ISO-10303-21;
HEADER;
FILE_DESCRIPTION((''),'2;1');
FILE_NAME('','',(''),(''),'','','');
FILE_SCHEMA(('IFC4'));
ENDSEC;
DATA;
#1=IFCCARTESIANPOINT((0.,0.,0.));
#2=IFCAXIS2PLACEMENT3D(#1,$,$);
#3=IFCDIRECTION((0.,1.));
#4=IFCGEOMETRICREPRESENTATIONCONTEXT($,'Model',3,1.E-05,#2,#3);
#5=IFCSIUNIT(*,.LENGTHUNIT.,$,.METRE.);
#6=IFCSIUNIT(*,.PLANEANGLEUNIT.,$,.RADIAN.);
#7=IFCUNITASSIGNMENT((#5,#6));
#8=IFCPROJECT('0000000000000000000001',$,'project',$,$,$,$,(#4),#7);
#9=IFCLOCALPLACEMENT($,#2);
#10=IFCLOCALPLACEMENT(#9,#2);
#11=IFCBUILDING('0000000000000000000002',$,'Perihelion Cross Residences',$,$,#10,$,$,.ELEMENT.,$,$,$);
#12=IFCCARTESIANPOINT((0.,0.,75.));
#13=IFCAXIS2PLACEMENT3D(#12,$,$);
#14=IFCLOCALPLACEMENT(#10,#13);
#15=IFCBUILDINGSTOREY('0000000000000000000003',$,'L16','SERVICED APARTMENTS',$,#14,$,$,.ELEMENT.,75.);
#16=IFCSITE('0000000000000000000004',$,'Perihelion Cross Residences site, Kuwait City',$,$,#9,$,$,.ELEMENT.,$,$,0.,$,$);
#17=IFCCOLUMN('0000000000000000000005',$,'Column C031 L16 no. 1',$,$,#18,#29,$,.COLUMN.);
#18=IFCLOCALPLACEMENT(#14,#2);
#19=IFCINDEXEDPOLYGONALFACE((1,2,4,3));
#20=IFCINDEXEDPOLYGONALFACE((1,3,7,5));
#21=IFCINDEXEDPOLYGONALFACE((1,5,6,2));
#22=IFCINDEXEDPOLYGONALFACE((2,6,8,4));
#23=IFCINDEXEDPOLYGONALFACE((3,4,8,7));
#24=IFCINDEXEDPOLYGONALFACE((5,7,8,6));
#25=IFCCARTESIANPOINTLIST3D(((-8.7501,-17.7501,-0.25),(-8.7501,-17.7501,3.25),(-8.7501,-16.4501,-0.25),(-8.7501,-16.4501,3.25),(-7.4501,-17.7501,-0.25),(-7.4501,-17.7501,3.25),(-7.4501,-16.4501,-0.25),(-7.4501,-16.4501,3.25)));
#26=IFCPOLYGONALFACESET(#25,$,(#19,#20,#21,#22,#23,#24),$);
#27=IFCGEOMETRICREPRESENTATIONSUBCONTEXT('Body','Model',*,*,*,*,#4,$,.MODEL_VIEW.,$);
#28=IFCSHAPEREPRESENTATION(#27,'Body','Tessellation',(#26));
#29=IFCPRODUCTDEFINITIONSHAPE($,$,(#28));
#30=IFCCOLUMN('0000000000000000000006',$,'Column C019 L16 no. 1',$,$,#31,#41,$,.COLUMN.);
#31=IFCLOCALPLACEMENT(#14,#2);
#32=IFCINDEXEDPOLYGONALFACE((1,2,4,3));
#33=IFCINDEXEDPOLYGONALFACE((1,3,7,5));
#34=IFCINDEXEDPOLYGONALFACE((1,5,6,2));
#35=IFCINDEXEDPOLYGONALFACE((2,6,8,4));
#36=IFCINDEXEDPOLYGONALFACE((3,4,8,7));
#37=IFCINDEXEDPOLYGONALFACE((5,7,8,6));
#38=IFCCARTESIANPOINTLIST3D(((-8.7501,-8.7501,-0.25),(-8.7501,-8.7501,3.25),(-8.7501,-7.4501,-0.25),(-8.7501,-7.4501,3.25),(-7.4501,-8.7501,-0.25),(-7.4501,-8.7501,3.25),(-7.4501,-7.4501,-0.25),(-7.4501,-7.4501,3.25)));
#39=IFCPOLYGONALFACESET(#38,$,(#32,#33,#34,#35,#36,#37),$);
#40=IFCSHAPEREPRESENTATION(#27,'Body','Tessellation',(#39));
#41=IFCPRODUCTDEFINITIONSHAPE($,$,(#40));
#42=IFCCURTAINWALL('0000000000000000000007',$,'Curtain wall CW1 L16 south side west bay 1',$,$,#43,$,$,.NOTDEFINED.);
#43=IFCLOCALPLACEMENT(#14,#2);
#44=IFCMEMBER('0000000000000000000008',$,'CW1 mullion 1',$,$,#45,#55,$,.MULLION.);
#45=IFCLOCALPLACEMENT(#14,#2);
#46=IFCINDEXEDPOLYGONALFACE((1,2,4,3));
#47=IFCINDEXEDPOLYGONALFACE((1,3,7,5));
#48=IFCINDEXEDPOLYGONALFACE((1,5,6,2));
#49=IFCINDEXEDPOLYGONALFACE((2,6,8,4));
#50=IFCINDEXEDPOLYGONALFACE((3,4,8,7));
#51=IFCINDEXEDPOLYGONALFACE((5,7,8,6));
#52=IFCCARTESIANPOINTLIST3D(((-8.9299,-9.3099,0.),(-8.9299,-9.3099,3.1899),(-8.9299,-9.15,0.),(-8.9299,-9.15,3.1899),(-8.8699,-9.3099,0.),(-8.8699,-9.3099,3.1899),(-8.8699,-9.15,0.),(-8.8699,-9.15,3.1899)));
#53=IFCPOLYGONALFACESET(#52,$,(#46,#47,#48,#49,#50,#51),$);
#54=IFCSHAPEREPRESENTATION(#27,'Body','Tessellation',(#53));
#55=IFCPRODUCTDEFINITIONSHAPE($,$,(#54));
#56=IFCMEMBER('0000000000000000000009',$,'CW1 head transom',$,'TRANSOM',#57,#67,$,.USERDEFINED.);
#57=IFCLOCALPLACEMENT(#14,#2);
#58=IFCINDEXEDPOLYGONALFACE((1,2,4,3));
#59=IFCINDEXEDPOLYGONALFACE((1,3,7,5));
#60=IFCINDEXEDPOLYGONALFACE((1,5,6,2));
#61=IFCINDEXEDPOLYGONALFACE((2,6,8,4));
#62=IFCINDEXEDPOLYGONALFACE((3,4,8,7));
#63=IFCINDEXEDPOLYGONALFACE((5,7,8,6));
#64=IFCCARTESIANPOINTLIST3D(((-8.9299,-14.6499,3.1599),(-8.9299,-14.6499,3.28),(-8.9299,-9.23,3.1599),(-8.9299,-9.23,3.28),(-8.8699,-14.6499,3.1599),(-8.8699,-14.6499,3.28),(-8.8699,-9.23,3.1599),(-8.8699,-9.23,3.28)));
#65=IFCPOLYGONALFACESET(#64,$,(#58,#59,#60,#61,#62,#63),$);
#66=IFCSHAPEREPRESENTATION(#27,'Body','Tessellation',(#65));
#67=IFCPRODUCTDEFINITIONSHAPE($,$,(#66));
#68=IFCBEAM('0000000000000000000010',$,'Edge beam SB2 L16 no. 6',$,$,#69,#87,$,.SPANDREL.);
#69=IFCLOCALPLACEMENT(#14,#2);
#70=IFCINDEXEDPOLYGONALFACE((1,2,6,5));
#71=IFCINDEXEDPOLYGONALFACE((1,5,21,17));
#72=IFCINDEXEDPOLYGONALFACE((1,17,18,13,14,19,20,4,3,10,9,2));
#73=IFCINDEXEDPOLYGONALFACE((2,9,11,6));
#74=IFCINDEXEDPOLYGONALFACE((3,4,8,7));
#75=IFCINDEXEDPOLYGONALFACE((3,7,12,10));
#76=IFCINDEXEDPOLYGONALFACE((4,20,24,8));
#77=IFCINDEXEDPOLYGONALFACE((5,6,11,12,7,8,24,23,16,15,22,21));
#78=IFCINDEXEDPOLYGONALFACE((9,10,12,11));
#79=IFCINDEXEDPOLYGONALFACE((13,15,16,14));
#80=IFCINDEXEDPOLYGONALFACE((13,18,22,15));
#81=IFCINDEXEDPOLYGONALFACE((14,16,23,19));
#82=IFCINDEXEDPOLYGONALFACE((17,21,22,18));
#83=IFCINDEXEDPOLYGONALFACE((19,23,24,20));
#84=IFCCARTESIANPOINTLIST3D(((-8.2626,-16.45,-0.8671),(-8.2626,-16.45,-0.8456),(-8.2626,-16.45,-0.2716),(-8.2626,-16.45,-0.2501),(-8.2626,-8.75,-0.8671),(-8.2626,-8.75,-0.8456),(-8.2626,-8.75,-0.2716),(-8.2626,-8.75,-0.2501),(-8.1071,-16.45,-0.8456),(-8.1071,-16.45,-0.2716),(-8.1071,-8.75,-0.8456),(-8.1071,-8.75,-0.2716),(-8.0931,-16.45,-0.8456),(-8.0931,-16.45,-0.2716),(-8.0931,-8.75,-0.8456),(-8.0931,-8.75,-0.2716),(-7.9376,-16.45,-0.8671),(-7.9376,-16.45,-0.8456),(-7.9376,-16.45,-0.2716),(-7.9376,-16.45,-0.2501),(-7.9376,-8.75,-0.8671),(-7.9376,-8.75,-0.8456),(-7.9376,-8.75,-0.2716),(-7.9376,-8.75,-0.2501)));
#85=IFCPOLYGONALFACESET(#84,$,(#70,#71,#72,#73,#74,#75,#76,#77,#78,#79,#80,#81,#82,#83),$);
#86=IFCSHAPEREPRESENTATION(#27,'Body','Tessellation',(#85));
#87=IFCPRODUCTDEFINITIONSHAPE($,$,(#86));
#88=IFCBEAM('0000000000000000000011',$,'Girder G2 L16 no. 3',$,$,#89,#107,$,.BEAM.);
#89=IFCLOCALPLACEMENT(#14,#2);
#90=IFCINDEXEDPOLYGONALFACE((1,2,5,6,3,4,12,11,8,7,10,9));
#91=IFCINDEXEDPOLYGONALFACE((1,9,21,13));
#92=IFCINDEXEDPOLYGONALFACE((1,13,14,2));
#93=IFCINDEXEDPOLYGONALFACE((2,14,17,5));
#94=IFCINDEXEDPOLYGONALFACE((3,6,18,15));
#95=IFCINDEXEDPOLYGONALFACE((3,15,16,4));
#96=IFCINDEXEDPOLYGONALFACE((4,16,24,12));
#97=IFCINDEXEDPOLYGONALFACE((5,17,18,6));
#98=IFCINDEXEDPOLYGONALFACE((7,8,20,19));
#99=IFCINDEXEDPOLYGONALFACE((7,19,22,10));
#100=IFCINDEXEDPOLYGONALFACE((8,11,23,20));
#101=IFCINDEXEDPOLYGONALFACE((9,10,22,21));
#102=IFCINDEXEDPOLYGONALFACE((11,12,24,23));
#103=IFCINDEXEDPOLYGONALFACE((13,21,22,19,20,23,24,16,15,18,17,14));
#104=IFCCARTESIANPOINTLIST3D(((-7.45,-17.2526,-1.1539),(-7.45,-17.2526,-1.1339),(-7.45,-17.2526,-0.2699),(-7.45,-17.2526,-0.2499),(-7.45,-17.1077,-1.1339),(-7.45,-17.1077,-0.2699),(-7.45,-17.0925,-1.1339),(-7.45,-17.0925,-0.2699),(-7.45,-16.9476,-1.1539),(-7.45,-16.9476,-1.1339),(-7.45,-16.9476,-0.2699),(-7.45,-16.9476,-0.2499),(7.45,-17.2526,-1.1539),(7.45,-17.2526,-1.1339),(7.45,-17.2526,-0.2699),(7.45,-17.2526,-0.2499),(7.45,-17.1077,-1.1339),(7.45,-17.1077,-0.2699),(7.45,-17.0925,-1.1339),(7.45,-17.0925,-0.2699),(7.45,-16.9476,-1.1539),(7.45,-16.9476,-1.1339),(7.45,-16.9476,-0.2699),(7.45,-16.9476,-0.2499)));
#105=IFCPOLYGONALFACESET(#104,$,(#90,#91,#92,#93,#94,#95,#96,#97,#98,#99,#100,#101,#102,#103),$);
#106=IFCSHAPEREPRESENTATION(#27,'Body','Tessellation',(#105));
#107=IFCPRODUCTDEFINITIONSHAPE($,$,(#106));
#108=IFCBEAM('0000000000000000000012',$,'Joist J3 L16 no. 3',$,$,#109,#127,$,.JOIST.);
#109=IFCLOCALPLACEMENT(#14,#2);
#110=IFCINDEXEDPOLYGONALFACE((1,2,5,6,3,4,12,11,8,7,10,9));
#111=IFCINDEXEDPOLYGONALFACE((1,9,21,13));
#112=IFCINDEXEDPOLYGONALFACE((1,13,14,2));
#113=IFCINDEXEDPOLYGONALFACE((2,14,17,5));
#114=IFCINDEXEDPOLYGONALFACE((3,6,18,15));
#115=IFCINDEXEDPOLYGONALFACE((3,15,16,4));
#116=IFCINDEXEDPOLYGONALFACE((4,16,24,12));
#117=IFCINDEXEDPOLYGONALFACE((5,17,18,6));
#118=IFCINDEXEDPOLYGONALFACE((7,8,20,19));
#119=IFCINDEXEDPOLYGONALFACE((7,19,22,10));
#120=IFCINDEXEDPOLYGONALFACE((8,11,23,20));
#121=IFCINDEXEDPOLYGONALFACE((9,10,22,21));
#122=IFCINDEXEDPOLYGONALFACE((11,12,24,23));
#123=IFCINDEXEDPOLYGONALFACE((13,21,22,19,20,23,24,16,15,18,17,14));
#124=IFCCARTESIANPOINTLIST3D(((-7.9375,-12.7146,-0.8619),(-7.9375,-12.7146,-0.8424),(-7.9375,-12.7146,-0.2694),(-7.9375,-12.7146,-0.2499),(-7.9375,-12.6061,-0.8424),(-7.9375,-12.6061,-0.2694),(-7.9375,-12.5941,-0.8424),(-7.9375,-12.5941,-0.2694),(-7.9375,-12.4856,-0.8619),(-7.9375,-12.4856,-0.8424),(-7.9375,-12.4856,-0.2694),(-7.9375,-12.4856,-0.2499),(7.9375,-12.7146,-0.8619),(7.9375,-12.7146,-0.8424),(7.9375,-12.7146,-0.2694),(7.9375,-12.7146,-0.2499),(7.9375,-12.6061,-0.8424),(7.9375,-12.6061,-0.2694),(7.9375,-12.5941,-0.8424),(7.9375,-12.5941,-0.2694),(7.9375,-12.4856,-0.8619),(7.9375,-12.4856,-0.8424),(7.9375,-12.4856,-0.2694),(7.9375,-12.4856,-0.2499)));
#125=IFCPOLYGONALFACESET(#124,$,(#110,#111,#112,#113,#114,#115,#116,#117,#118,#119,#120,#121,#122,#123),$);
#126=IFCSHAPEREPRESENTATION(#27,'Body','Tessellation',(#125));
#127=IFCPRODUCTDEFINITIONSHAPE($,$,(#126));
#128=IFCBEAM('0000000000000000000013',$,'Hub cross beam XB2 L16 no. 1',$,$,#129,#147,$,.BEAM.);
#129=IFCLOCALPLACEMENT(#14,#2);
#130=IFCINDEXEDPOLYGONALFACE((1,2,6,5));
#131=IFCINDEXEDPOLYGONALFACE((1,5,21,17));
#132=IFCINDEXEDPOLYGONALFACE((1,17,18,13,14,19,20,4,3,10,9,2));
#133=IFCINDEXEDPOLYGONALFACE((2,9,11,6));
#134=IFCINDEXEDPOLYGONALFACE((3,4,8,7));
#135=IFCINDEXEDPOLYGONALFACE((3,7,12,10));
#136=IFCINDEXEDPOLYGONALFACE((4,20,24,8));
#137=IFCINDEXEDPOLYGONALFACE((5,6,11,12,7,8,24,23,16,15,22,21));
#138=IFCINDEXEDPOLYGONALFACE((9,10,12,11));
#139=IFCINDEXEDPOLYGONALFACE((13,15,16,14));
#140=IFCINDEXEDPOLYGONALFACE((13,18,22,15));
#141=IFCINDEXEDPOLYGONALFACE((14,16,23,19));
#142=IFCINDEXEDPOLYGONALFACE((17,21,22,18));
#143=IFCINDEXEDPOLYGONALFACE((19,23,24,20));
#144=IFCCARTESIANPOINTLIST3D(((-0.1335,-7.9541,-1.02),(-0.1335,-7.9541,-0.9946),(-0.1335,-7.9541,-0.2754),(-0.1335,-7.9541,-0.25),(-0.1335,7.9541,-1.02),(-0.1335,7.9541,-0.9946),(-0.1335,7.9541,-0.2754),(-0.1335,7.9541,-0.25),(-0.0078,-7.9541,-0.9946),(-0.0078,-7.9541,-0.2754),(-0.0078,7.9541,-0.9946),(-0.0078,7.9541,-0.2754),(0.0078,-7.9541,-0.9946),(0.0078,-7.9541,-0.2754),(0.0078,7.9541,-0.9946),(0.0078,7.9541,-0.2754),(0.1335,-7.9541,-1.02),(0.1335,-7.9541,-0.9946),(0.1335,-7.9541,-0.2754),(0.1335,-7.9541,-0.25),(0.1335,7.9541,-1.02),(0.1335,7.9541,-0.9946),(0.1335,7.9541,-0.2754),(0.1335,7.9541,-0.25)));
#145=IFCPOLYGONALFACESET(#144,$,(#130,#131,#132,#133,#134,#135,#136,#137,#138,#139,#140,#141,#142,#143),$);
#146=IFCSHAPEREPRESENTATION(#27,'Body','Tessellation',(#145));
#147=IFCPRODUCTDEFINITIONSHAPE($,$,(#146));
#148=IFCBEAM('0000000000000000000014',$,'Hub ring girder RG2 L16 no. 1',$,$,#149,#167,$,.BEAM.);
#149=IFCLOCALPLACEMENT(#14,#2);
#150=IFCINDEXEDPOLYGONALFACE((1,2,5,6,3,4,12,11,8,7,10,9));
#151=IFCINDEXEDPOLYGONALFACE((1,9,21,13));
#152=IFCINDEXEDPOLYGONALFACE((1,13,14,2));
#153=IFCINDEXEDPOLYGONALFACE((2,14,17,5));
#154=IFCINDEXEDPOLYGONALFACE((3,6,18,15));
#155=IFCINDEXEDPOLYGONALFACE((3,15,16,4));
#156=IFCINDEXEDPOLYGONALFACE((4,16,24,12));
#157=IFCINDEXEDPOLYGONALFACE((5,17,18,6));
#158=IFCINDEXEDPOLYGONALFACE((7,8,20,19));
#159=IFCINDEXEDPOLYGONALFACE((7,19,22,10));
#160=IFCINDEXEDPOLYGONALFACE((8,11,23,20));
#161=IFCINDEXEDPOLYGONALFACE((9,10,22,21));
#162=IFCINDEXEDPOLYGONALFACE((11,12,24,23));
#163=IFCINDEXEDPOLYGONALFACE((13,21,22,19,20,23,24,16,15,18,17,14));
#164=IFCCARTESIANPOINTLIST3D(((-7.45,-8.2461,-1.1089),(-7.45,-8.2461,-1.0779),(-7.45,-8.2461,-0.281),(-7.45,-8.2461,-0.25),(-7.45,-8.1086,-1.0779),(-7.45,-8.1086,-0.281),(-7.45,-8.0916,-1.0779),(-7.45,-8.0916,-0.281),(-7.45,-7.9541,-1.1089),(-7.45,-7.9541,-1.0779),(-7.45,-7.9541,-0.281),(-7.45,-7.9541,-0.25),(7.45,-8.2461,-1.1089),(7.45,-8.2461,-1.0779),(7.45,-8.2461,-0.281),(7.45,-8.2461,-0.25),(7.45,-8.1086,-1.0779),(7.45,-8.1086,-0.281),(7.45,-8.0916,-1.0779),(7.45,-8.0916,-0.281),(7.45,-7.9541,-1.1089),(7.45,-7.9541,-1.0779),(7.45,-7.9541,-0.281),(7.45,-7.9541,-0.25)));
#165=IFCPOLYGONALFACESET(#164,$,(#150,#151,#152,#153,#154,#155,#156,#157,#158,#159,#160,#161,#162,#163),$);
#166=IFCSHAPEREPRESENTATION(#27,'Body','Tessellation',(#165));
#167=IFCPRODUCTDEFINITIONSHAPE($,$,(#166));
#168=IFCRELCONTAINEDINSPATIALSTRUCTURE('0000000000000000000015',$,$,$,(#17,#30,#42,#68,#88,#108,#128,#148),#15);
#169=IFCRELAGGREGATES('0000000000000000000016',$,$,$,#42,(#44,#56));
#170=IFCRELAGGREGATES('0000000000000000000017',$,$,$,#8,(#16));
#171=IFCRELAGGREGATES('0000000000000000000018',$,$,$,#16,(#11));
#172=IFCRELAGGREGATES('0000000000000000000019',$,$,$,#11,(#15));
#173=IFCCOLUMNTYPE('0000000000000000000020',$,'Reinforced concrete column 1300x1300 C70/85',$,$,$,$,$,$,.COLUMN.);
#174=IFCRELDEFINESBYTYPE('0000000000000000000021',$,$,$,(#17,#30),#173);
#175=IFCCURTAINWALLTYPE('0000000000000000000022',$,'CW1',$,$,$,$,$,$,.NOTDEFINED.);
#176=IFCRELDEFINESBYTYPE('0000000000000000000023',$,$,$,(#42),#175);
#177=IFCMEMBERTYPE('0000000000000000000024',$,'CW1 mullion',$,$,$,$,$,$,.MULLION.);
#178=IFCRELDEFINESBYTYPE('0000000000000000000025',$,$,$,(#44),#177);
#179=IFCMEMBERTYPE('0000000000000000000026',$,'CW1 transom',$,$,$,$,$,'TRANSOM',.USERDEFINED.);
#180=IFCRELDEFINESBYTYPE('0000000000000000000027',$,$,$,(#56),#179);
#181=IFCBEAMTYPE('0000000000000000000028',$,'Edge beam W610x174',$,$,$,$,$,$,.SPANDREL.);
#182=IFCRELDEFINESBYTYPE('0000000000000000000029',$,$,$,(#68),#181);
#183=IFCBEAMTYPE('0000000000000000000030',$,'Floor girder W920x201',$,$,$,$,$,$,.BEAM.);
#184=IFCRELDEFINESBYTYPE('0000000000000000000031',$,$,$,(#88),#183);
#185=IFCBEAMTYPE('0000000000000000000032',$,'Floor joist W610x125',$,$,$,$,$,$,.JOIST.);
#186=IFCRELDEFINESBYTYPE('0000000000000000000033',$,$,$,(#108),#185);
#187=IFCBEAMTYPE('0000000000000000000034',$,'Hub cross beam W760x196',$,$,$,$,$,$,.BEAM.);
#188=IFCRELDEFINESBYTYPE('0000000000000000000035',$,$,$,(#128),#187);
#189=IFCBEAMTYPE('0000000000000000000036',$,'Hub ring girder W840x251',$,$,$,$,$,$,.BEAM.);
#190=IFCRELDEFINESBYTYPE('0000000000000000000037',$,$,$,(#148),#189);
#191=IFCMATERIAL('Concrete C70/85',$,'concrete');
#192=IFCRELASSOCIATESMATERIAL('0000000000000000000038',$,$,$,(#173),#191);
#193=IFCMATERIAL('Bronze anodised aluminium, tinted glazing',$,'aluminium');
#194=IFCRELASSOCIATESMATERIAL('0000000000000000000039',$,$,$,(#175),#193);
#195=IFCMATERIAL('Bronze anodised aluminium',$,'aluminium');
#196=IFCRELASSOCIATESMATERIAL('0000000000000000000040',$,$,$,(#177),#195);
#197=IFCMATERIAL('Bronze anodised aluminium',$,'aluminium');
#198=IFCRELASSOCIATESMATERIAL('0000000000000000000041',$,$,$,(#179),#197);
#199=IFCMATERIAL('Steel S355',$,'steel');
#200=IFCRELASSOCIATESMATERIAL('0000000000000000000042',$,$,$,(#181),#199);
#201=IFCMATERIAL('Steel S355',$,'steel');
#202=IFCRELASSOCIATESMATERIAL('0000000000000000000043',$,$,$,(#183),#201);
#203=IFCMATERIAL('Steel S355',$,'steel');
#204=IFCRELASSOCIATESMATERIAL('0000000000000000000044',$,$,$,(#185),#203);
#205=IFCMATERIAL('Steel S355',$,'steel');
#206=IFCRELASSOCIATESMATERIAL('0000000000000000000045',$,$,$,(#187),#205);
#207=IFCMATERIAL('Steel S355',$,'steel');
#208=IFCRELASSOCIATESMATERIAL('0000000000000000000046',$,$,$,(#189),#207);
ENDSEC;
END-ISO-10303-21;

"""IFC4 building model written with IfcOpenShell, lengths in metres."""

from ifc_helpers import new_model, si_unit, direction, frame, origin, origin_2d, place, context, subcontext, project, spatial, rectangle, i_section, extrude, material, material_profile, profile_set, type_object, element, aggregate, save


model = new_model("IFC4")

# Units and contexts
model_context = context("Model", 3, precision=1e-05, world=origin(), true_north=direction((0.0, 1.0)))
body_context = subcontext(model_context, "Body", "Model", "MODEL_VIEW")
ifc_project = project(units=[si_unit("LENGTHUNIT", "METRE"), si_unit("PLANEANGLEUNIT", "RADIAN")], contexts=[model_context])

# Site, building, storey
site_placement = place(None, origin())
site = spatial("IfcSite", under=ifc_project, at=site_placement, Name="Perihelion Cross Residences site, Kuwait City", CompositionType="ELEMENT", RefElevation=0.0)
building_placement = place(site_placement, origin())
building = spatial("IfcBuilding", under=site, at=building_placement, Name="Perihelion Cross Residences", CompositionType="ELEMENT")
storey_placement = place(building_placement, frame((0.0, 0.0, 75.0)))
storey = spatial("IfcBuildingStorey", under=building, at=storey_placement, Name="L16", Description="SERVICED APARTMENTS", CompositionType="ELEMENT", Elevation=75.0)

# Columns
ifc_material_1 = material(Name="Concrete C70/85", Category="concrete")
ifc_material_profile_1 = material_profile(ifc_material_1, rectangle(XDim=1.3, YDim=1.3, at=origin_2d()), Name="RC 1300x1300")
ifc_profile_set_1 = profile_set([ifc_material_profile_1], Name="Concrete C70/85")
column_type = type_object("IfcColumnType", Name="Reinforced concrete column 1300x1300 C70/85", PredefinedType="COLUMN", material=ifc_profile_set_1)
for number, where, z_axis, x_axis, name in (
    (1, (-8.1001, -17.1001, -0.25), (0.0, 0.0, 1.0), (1.0, 0.0, 0.0), "Column C031 L16 no. 1"),
    (2, (-8.1001, -8.1001, -0.25), (0.0, 0.0, 1.0), (1.0, 0.0, 0.0), "Column C019 L16 no. 1"),
):
    element("IfcColumn", number, at=place(storey_placement, frame(where, z_axis=z_axis, x_axis=x_axis)), inside=storey, type_object=column_type, Name=name, PredefinedType="COLUMN", context=body_context, shape_type="SweptSolid", body=[
        extrude(rectangle(XDim=1.3, YDim=1.3, at=origin_2d()), origin(), (0.0, 0.0, 1.0), 3.5),
    ])

# Curtain wall, members
ifc_material_2 = material(Name="Bronze anodised aluminium, tinted glazing", Category="aluminium")
curtain_wall_type = type_object("IfcCurtainWallType", Name="CW1", PredefinedType="NOTDEFINED", material=ifc_material_2)
curtain_wall_placement = place(storey_placement, origin())
curtain_wall = element("IfcCurtainWall", 3, at=curtain_wall_placement, inside=storey, type_object=curtain_wall_type, Name="Curtain wall CW1 L16 south side west bay 1", PredefinedType="NOTDEFINED")
ifc_material_3 = material(Name="Bronze anodised aluminium", Category="aluminium")
ifc_material_profile_2 = material_profile(ifc_material_3, rectangle(XDim=0.0601, YDim=0.1599, at=origin_2d()), Name="CW1 mullion")
ifc_profile_set_2 = profile_set([ifc_material_profile_2], Name="Bronze anodised aluminium")
member_type_1 = type_object("IfcMemberType", Name="CW1 mullion", PredefinedType="MULLION", material=ifc_profile_set_2)
member_1_placement = place(storey_placement, frame((-8.8999, -9.23, 0.0), z_axis=(0.0, 0.0, 1.0), x_axis=(1.0, 0.0, 0.0)))
member_1 = element("IfcMember", 4, at=member_1_placement, type_object=member_type_1, Name="CW1 mullion 1", PredefinedType="MULLION", context=body_context, shape_type="SweptSolid", body=[
    extrude(rectangle(XDim=0.0601, YDim=0.1599, at=origin_2d()), origin(), (0.0, 0.0, 1.0), 3.1899),
])
ifc_material_4 = material(Name="Bronze anodised aluminium", Category="aluminium")
ifc_material_profile_3 = material_profile(ifc_material_4, rectangle(XDim=0.0601, YDim=0.1201, at=origin_2d()), Name="CW1 transom")
ifc_profile_set_3 = profile_set([ifc_material_profile_3], Name="Bronze anodised aluminium")
member_type_2 = type_object("IfcMemberType", Name="CW1 transom", ElementType="TRANSOM", PredefinedType="USERDEFINED", material=ifc_profile_set_3)
member_2_placement = place(storey_placement, frame((-8.8999, -9.23, 3.22), z_axis=(0.0, -1.0, 0.0), x_axis=(1.0, 0.0, 0.0)))
member_2 = element("IfcMember", 5, at=member_2_placement, type_object=member_type_2, Name="CW1 head transom", ObjectType="TRANSOM", PredefinedType="USERDEFINED", context=body_context, shape_type="SweptSolid", body=[
    extrude(rectangle(XDim=0.0601, YDim=0.1201, at=origin_2d()), origin(), (0.0, 0.0, 1.0), 5.4199),
])

# Beams
ifc_material_5 = material(Name="Steel S355", Category="steel")
ifc_material_profile_4 = material_profile(ifc_material_5, i_section(OverallWidth=0.325, OverallDepth=0.6169, WebThickness=0.0139, FlangeThickness=0.0215, at=origin_2d()), Name="W610x174")
ifc_profile_set_4 = profile_set([ifc_material_profile_4], Name="Steel S355")
beam_type_1 = type_object("IfcBeamType", Name="Edge beam W610x174", PredefinedType="SPANDREL", material=ifc_profile_set_4)
beam_1_placement = place(storey_placement, frame((-8.1001, -8.75, -0.5586), z_axis=(0.0, -1.0, 0.0), x_axis=(1.0, 0.0, 0.0)))
element("IfcBeam", 6, at=beam_1_placement, inside=storey, type_object=beam_type_1, Name="Edge beam SB2 L16 no. 6", PredefinedType="SPANDREL", context=body_context, shape_type="SweptSolid", body=[
    extrude(i_section(OverallWidth=0.325, OverallDepth=0.6169, WebThickness=0.0139, FlangeThickness=0.0215, at=origin_2d()), origin(), (0.0, 0.0, 1.0), 7.7),
])
ifc_material_6 = material(Name="Steel S355", Category="steel")
ifc_material_profile_5 = material_profile(ifc_material_6, i_section(OverallWidth=0.3049, OverallDepth=0.9041, WebThickness=0.0151, FlangeThickness=0.02, at=origin_2d()), Name="W920x201")
ifc_profile_set_5 = profile_set([ifc_material_profile_5], Name="Steel S355")
beam_type_2 = type_object("IfcBeamType", Name="Floor girder W920x201", PredefinedType="BEAM", material=ifc_profile_set_5)
beam_2_placement = place(storey_placement, frame((-7.45, -17.1001, -0.7019), z_axis=(1.0, 0.0, 0.0), x_axis=(0.0, 1.0, 0.0)))
element("IfcBeam", 7, at=beam_2_placement, inside=storey, type_object=beam_type_2, Name="Girder G2 L16 no. 3", PredefinedType="BEAM", context=body_context, shape_type="SweptSolid", body=[
    extrude(i_section(OverallWidth=0.3049, OverallDepth=0.9041, WebThickness=0.0151, FlangeThickness=0.02, at=origin_2d()), origin(), (0.0, 0.0, 1.0), 14.8999),
])
ifc_material_7 = material(Name="Steel S355", Category="steel")
ifc_material_profile_6 = material_profile(ifc_material_7, i_section(OverallWidth=0.229, OverallDepth=0.6121, WebThickness=0.012, FlangeThickness=0.0195, at=origin_2d()), Name="W610x125")
ifc_profile_set_6 = profile_set([ifc_material_profile_6], Name="Steel S355")
beam_type_3 = type_object("IfcBeamType", Name="Floor joist W610x125", PredefinedType="JOIST", material=ifc_profile_set_6)
beam_3_placement = place(storey_placement, frame((-7.9375, -12.6001, -0.5559), z_axis=(1.0, 0.0, 0.0), x_axis=(0.0, 1.0, 0.0)))
element("IfcBeam", 8, at=beam_3_placement, inside=storey, type_object=beam_type_3, Name="Joist J3 L16 no. 3", PredefinedType="JOIST", context=body_context, shape_type="SweptSolid", body=[
    extrude(i_section(OverallWidth=0.229, OverallDepth=0.6121, WebThickness=0.012, FlangeThickness=0.0195, at=origin_2d()), origin(), (0.0, 0.0, 1.0), 15.875),
])
ifc_material_8 = material(Name="Steel S355", Category="steel")
ifc_material_profile_7 = material_profile(ifc_material_8, i_section(OverallWidth=0.2671, OverallDepth=0.77, WebThickness=0.0156, FlangeThickness=0.0254, at=origin_2d()), Name="W760x196")
ifc_profile_set_7 = profile_set([ifc_material_profile_7], Name="Steel S355")
beam_type_4 = type_object("IfcBeamType", Name="Hub cross beam W760x196", PredefinedType="BEAM", material=ifc_profile_set_7)
beam_4_placement = place(storey_placement, frame((0.0, -7.9541, -0.635), z_axis=(0.0, 1.0, 0.0), x_axis=(-1.0, 0.0, 0.0)))
element("IfcBeam", 9, at=beam_4_placement, inside=storey, type_object=beam_type_4, Name="Hub cross beam XB2 L16 no. 1", PredefinedType="BEAM", context=body_context, shape_type="SweptSolid", body=[
    extrude(i_section(OverallWidth=0.2671, OverallDepth=0.77, WebThickness=0.0156, FlangeThickness=0.0254, at=origin_2d()), origin(), (0.0, 0.0, 1.0), 15.9082),
])
ifc_material_9 = material(Name="Steel S355", Category="steel")
ifc_material_profile_8 = material_profile(ifc_material_9, i_section(OverallWidth=0.292, OverallDepth=0.8589, WebThickness=0.0171, FlangeThickness=0.031, at=origin_2d()), Name="W840x251")
ifc_profile_set_8 = profile_set([ifc_material_profile_8], Name="Steel S355")
beam_type_5 = type_object("IfcBeamType", Name="Hub ring girder W840x251", PredefinedType="BEAM", material=ifc_profile_set_8)
beam_5_placement = place(storey_placement, frame((-7.45, -8.1001, -0.6794), z_axis=(1.0, 0.0, 0.0), x_axis=(0.0, 1.0, 0.0)))
element("IfcBeam", 10, at=beam_5_placement, inside=storey, type_object=beam_type_5, Name="Hub ring girder RG2 L16 no. 1", PredefinedType="BEAM", context=body_context, shape_type="SweptSolid", body=[
    extrude(i_section(OverallWidth=0.292, OverallDepth=0.8589, WebThickness=0.0171, FlangeThickness=0.031, at=origin_2d()), origin(), (0.0, 0.0, 1.0), 14.8999),
])

aggregate(curtain_wall, [member_1, member_2])

save(model, "model.ifc")
